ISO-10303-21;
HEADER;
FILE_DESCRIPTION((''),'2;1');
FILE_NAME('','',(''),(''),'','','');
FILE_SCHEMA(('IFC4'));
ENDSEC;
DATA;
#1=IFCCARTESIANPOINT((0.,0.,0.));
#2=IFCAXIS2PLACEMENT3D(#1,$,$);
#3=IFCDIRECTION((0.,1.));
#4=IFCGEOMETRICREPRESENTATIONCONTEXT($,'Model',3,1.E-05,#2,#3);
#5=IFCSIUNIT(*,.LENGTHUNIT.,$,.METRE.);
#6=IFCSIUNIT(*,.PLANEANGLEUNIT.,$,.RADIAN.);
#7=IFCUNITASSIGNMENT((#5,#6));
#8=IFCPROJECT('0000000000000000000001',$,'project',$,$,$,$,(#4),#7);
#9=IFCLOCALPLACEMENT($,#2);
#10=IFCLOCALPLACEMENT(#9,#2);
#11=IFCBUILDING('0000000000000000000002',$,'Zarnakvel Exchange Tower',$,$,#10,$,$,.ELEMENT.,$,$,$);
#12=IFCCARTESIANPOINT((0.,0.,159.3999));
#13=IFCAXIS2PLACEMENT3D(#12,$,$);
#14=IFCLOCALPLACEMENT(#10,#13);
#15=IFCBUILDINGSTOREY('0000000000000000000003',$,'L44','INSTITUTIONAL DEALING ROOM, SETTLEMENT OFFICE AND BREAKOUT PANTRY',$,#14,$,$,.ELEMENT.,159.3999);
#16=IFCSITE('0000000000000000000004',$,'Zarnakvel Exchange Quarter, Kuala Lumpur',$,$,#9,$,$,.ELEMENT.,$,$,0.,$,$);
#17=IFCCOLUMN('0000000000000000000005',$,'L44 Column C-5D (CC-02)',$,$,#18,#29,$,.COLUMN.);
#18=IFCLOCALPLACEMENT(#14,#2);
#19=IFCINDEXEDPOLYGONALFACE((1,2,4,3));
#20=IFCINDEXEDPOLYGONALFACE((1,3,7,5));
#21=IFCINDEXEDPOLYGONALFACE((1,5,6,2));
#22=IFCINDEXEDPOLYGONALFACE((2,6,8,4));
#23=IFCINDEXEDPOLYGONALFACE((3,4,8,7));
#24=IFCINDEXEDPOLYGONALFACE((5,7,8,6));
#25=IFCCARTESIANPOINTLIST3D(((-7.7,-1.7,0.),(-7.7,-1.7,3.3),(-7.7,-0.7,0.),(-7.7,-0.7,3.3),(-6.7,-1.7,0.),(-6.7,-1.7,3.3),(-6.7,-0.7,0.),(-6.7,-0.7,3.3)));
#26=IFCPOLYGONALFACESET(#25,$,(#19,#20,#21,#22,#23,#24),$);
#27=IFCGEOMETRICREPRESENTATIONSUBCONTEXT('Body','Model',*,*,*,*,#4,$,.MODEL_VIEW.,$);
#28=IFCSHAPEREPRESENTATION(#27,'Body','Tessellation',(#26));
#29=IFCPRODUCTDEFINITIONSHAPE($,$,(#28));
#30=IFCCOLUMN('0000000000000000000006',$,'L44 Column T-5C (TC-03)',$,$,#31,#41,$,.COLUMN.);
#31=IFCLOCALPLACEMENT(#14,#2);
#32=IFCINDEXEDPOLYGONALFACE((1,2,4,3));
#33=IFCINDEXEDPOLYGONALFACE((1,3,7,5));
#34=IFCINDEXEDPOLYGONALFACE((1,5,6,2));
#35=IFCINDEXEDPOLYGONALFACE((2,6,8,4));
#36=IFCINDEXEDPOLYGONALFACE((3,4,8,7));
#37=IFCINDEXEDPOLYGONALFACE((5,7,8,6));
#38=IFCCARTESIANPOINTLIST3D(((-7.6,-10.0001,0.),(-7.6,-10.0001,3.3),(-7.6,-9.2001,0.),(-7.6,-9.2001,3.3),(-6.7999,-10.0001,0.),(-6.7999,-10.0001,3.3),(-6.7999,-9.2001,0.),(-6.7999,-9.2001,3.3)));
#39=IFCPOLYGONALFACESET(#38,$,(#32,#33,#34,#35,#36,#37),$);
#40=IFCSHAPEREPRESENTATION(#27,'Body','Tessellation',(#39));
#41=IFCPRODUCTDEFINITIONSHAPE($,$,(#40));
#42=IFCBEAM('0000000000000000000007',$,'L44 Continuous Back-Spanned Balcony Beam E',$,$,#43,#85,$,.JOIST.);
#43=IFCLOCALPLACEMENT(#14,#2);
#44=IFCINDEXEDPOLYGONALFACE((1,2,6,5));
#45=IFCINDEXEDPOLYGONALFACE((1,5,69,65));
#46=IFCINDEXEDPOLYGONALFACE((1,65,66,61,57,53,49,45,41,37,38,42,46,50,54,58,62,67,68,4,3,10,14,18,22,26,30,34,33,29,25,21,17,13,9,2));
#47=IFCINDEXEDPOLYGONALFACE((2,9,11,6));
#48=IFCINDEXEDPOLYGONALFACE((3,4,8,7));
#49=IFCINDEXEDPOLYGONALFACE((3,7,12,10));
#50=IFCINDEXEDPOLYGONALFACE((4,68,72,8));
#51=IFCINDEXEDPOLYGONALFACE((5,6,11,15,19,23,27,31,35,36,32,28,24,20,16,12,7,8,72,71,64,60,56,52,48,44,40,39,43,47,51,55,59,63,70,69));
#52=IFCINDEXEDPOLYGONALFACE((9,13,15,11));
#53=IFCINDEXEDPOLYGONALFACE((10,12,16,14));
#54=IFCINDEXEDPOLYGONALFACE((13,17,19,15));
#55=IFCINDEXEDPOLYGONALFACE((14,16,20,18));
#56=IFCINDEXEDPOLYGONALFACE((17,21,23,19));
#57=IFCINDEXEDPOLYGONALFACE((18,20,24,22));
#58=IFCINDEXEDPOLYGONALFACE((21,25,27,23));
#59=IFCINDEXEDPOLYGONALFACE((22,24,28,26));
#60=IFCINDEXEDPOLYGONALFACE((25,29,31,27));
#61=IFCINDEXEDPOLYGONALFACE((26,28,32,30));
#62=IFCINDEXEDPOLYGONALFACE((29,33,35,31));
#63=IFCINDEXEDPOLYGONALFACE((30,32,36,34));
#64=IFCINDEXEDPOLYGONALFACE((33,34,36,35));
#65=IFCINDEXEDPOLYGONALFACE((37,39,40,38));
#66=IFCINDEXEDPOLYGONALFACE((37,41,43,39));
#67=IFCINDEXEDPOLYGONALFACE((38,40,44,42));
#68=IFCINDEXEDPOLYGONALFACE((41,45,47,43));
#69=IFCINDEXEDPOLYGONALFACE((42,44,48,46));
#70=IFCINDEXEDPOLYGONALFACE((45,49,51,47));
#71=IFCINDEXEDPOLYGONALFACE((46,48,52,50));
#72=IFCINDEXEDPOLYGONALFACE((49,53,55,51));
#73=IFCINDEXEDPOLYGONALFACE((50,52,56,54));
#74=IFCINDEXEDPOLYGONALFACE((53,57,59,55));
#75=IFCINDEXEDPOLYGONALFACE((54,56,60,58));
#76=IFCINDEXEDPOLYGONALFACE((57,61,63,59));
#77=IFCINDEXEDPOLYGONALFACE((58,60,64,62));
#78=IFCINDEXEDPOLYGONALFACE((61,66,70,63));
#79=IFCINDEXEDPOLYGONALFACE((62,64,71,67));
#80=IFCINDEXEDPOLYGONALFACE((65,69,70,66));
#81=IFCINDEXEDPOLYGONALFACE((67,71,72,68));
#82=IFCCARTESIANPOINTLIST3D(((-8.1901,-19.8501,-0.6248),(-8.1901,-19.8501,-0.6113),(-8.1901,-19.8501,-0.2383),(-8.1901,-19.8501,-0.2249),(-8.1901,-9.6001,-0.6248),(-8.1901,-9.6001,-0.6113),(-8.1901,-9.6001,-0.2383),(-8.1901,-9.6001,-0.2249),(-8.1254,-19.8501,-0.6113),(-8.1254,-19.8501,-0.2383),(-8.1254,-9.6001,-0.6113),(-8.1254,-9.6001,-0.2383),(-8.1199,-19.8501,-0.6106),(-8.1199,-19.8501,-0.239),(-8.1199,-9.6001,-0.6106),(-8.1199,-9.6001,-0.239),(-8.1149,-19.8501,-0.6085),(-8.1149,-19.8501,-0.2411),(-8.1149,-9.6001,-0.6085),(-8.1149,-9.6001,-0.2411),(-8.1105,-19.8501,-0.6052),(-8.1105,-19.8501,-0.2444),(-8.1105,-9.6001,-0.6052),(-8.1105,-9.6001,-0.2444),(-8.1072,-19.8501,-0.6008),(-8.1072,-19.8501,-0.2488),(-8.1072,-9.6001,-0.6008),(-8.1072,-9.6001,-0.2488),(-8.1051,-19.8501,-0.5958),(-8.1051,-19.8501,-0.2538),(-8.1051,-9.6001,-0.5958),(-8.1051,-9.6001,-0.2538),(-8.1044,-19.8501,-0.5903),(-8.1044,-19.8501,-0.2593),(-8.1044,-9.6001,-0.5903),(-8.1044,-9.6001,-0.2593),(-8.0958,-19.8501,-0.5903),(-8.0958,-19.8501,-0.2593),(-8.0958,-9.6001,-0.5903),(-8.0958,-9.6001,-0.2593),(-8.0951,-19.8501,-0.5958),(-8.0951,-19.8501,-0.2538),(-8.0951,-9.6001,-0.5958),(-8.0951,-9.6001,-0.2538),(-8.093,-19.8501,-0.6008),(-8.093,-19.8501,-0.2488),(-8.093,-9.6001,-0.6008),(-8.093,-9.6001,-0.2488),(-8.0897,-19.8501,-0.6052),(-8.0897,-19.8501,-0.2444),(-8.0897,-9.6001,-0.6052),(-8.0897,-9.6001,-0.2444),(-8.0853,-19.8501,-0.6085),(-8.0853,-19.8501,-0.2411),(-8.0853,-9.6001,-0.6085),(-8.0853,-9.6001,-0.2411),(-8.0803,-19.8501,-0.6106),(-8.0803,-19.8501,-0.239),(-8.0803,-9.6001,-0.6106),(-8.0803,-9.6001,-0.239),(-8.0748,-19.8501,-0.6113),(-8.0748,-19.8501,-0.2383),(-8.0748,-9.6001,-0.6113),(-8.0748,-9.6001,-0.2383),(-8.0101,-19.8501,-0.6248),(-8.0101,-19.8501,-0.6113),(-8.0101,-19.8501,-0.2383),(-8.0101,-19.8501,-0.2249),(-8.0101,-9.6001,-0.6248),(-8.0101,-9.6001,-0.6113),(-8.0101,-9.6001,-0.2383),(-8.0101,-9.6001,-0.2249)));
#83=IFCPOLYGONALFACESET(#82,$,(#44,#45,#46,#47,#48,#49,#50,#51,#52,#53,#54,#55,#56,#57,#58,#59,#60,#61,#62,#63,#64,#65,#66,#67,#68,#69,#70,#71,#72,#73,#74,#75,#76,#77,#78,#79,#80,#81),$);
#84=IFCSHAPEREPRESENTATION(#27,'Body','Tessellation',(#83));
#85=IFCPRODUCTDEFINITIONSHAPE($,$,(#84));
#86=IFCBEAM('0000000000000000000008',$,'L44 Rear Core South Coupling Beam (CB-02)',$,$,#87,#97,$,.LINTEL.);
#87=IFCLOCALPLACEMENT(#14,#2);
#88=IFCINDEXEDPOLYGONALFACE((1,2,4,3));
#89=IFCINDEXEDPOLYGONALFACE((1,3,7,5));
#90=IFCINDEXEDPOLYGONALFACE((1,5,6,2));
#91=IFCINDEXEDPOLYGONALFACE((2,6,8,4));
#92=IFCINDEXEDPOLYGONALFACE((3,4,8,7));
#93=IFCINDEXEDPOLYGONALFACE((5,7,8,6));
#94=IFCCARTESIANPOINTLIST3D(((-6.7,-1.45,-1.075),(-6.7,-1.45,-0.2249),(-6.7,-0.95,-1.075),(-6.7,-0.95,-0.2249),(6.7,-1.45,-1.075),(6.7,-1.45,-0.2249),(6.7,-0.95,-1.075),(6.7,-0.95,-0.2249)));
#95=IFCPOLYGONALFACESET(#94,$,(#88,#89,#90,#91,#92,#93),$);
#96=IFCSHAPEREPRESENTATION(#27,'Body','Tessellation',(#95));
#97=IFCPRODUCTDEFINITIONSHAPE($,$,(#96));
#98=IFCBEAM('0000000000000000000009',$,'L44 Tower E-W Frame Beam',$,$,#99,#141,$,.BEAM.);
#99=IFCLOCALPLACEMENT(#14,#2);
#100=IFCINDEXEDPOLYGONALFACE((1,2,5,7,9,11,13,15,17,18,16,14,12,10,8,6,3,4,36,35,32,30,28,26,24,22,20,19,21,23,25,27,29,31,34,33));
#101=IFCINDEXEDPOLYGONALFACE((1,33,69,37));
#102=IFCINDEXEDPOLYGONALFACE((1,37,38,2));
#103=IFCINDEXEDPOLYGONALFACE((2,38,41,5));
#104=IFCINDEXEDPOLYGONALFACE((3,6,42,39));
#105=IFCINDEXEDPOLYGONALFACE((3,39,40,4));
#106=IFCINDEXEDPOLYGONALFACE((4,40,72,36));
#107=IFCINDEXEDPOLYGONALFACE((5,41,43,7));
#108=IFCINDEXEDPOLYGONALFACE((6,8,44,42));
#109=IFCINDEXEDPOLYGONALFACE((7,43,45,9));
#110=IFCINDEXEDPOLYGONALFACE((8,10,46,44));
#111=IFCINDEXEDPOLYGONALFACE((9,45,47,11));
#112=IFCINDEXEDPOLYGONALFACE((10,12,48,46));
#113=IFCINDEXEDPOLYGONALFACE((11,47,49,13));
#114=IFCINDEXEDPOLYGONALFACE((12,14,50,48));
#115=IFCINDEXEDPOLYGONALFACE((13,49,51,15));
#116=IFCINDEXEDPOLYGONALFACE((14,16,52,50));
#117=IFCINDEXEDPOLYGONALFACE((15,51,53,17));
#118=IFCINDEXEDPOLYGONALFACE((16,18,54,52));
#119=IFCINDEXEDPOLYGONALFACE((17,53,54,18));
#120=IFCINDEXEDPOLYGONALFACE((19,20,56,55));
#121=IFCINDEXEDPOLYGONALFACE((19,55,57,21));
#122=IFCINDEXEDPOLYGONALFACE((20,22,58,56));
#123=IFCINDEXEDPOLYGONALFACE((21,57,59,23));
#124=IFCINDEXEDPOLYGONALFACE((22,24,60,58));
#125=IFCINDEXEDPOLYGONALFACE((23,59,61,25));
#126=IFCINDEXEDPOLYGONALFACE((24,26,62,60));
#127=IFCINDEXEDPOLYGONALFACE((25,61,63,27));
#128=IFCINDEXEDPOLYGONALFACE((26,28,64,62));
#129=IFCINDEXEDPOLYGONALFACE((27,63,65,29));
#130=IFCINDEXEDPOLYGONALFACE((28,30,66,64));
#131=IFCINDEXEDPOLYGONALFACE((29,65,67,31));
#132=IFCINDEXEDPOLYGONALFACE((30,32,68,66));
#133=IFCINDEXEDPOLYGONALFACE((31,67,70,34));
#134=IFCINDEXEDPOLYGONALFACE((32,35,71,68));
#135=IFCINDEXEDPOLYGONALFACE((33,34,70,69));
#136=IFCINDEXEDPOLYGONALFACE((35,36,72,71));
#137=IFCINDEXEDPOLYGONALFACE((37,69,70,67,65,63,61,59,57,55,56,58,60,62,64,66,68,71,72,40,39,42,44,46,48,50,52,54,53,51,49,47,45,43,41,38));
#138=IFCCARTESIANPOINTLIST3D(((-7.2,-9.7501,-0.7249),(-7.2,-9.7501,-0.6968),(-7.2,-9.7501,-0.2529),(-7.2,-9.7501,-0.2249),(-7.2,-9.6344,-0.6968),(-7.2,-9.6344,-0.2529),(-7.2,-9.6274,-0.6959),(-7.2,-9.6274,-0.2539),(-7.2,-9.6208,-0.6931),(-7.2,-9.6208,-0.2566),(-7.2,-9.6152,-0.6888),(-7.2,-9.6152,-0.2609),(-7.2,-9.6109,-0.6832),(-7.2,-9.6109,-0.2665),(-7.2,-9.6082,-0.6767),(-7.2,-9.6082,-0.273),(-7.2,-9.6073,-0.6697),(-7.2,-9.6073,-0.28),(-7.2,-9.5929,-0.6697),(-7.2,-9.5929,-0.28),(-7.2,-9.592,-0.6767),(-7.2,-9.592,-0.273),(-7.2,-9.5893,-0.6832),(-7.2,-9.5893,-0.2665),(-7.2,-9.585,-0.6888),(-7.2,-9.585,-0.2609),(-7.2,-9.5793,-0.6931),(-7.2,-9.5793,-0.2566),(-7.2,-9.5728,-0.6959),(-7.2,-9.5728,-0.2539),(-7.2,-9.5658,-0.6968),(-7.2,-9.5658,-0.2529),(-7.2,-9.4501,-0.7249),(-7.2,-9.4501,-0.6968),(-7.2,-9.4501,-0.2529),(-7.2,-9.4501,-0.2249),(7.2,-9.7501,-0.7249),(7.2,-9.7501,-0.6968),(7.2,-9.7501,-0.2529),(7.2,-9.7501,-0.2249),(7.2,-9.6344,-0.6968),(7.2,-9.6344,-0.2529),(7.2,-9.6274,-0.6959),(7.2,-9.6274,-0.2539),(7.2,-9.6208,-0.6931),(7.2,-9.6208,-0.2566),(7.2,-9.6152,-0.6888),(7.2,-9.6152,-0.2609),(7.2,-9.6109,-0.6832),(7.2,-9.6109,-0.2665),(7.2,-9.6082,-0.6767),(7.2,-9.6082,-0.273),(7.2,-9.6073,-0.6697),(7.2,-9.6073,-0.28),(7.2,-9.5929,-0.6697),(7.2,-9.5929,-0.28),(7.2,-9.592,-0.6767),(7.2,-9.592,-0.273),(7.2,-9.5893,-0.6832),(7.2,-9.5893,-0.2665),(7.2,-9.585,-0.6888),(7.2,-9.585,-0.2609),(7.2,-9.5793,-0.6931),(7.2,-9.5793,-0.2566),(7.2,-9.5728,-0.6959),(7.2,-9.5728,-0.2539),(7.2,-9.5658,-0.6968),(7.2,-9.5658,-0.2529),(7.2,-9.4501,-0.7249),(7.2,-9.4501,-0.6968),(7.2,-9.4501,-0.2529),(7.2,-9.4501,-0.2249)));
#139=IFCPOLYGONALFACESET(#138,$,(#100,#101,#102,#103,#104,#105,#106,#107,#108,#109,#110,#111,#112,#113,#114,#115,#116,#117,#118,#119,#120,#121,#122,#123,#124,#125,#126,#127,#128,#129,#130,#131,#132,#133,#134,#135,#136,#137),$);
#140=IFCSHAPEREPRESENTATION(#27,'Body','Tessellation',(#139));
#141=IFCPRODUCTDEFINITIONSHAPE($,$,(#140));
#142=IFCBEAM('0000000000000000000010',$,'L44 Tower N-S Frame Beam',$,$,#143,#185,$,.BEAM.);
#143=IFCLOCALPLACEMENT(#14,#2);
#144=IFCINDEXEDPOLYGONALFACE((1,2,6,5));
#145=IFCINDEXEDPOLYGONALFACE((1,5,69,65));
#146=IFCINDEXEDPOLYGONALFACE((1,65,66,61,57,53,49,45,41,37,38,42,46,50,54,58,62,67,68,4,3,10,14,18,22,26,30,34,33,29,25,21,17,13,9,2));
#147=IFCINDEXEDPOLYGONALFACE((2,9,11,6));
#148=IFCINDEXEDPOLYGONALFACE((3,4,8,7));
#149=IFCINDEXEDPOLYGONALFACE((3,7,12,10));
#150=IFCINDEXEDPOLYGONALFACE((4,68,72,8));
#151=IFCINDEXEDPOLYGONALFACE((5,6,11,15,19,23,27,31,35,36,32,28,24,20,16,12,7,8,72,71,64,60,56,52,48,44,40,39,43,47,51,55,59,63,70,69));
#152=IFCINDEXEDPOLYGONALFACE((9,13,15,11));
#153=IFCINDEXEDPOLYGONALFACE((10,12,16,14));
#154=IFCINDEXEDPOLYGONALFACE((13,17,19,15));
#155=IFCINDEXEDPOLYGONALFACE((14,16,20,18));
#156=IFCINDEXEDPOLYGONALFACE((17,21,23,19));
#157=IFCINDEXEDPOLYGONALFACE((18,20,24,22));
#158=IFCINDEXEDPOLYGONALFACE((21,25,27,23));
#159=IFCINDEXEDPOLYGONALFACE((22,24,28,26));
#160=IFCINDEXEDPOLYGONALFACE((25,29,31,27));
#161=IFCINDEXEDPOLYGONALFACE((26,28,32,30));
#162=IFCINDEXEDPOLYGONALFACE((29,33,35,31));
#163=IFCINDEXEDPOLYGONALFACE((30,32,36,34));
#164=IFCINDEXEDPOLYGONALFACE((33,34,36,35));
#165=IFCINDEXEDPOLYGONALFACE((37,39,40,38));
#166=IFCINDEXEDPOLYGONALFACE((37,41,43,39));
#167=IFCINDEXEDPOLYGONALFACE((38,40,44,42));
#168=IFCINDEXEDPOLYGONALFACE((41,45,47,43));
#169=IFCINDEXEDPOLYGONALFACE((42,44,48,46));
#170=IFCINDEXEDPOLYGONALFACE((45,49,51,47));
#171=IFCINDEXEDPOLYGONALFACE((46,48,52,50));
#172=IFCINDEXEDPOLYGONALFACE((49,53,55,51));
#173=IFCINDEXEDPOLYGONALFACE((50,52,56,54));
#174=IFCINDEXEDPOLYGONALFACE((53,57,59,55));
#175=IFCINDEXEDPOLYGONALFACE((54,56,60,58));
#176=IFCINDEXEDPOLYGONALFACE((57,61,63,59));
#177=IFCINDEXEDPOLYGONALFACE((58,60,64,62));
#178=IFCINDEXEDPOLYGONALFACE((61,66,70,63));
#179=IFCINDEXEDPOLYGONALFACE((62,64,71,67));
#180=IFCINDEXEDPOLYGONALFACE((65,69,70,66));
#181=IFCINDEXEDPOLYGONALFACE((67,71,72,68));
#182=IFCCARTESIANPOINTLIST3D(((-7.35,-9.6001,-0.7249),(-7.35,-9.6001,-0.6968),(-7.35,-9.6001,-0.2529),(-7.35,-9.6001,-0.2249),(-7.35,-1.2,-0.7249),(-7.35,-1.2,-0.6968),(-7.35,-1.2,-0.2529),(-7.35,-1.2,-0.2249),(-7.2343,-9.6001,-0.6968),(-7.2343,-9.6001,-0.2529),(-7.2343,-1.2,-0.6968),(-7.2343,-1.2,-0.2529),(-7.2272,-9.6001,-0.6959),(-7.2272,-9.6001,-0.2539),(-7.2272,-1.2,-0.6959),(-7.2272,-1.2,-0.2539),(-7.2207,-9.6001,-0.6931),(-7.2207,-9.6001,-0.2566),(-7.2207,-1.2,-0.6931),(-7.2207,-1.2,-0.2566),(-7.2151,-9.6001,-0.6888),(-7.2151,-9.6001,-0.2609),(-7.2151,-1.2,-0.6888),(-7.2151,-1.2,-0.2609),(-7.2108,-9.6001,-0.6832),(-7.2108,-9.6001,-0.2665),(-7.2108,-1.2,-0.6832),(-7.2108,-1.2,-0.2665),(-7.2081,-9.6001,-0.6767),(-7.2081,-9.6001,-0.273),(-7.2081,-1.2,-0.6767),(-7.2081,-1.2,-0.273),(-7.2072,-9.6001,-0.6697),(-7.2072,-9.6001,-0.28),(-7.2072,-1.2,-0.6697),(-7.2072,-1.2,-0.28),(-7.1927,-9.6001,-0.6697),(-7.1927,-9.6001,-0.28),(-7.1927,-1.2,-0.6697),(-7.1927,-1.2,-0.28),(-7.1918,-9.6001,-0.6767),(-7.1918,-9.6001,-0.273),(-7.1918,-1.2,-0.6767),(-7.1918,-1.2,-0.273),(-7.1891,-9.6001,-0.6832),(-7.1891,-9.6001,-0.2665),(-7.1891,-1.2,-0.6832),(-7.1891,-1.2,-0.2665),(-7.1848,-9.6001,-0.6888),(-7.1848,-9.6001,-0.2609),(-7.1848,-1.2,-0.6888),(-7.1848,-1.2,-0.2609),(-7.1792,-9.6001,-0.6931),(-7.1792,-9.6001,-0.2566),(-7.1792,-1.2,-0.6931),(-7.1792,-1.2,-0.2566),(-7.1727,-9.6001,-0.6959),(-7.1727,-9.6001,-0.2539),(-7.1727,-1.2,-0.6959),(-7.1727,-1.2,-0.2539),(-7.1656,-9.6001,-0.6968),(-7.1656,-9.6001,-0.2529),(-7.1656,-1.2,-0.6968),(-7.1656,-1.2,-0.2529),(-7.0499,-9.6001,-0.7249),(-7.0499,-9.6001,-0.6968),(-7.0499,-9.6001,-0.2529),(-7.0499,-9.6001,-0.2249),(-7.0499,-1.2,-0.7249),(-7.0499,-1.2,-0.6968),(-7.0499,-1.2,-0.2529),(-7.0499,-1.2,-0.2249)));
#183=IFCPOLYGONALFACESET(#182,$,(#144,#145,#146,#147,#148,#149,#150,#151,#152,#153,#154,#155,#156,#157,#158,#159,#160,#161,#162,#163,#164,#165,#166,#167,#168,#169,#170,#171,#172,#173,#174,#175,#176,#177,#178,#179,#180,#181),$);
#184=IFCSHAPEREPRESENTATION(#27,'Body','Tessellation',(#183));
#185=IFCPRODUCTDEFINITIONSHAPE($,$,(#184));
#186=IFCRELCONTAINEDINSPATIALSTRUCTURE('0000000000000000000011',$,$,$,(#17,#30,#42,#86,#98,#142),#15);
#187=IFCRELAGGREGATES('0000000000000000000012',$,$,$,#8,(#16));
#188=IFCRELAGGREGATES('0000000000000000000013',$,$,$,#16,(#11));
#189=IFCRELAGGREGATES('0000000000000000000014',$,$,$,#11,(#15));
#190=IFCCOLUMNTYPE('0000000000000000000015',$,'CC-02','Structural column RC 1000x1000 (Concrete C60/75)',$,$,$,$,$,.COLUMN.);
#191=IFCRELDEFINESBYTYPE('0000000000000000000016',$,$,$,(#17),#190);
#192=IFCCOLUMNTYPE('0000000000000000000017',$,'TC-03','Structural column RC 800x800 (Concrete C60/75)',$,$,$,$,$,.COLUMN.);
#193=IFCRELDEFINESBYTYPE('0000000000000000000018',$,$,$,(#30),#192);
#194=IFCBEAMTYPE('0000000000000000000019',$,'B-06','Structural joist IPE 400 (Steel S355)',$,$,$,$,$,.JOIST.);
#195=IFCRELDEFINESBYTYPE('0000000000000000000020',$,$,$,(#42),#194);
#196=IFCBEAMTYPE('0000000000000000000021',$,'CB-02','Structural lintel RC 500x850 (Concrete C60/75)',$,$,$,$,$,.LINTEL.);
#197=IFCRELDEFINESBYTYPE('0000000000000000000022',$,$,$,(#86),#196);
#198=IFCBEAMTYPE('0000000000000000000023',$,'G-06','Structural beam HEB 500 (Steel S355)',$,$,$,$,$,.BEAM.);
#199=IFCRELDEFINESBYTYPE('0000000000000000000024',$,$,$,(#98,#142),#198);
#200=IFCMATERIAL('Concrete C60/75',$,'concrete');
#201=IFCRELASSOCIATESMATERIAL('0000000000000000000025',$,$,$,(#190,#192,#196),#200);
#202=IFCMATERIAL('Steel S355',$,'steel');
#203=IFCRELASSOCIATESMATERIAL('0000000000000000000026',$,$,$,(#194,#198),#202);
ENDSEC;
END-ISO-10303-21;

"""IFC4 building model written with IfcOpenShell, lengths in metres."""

from ifc_helpers import new_model, si_unit, direction, frame, origin, origin_2d, place, context, subcontext, project, spatial, rectangle, i_section, extrude, material, material_profile, profile_set, type_object, element, save


model = new_model("IFC4")

# Units and contexts
model_context = context("Model", 3, precision=1e-05, world=origin(), true_north=direction((0.0, 1.0)))
body_context = subcontext(model_context, "Body", "Model", "MODEL_VIEW")
ifc_project = project(units=[si_unit("LENGTHUNIT", "METRE"), si_unit("PLANEANGLEUNIT", "RADIAN")], contexts=[model_context])

# Site, building, storey
site_placement = place(None, origin())
site = spatial("IfcSite", under=ifc_project, at=site_placement, Name="Zarnakvel Exchange Quarter, Kuala Lumpur", CompositionType="ELEMENT", RefElevation=0.0)
building_placement = place(site_placement, origin())
building = spatial("IfcBuilding", under=site, at=building_placement, Name="Zarnakvel Exchange Tower", CompositionType="ELEMENT")
storey_placement = place(building_placement, frame((0.0, 0.0, 159.3999)))
storey = spatial("IfcBuildingStorey", under=building, at=storey_placement, Name="L44", Description="INSTITUTIONAL DEALING ROOM, SETTLEMENT OFFICE AND BREAKOUT PANTRY", CompositionType="ELEMENT", Elevation=159.3999)

# Columns
ifc_material_1 = material(Name="Concrete C60/75", Category="concrete")
ifc_material_profile_1 = material_profile(ifc_material_1, rectangle(XDim=1.0, YDim=1.0, at=origin_2d()))
ifc_profile_set_1 = profile_set([ifc_material_profile_1], Name="Concrete C60/75")
column_type_1 = type_object("IfcColumnType", Name="CC-02", Description="Structural column RC 1000x1000 (Concrete C60/75)", PredefinedType="COLUMN", material=ifc_profile_set_1)
column_1_placement = place(storey_placement, frame((-7.2, -1.2, 0.0), z_axis=(0.0, 0.0, 1.0), x_axis=(1.0, 0.0, 0.0)))
element("IfcColumn", 1, at=column_1_placement, inside=storey, type_object=column_type_1, Name="L44 Column C-5D (CC-02)", PredefinedType="COLUMN", context=body_context, shape_type="SweptSolid", body=[
    extrude(rectangle(XDim=1.0, YDim=1.0, at=origin_2d()), origin(), (0.0, 0.0, 1.0), 3.3),
])
ifc_material_profile_2 = material_profile(ifc_material_1, rectangle(XDim=0.8, YDim=0.8, at=origin_2d()))
ifc_profile_set_2 = profile_set([ifc_material_profile_2], Name="Concrete C60/75")
column_type_2 = type_object("IfcColumnType", Name="TC-03", Description="Structural column RC 800x800 (Concrete C60/75)", PredefinedType="COLUMN", material=ifc_profile_set_2)
column_2_placement = place(storey_placement, frame((-7.2, -9.6001, 0.0), z_axis=(0.0, 0.0, 1.0), x_axis=(1.0, 0.0, 0.0)))
element("IfcColumn", 2, at=column_2_placement, inside=storey, type_object=column_type_2, Name="L44 Column T-5C (TC-03)", PredefinedType="COLUMN", context=body_context, shape_type="SweptSolid", body=[
    extrude(rectangle(XDim=0.8, YDim=0.8, at=origin_2d()), origin(), (0.0, 0.0, 1.0), 3.3),
])

# Beams
ifc_material_2 = material(Name="Steel S355", Category="steel")
ifc_material_profile_3 = material_profile(ifc_material_2, i_section(OverallWidth=0.1799, OverallDepth=0.3999, WebThickness=0.0085, FlangeThickness=0.0134, FilletRadius=0.021, at=origin_2d()))
ifc_profile_set_3 = profile_set([ifc_material_profile_3], Name="Steel S355")
beam_type_1 = type_object("IfcBeamType", Name="B-06", Description="Structural joist IPE 400 (Steel S355)", PredefinedType="JOIST", material=ifc_profile_set_3)
beam_1_placement = place(storey_placement, frame((-8.1001, -9.6001, -0.4248), z_axis=(0.0, -1.0, 0.0), x_axis=(1.0, 0.0, 0.0)))
element("IfcBeam", 3, at=beam_1_placement, inside=storey, type_object=beam_type_1, Name="L44 Continuous Back-Spanned Balcony Beam E", PredefinedType="JOIST", context=body_context, shape_type="SweptSolid", body=[
    extrude(i_section(OverallWidth=0.1799, OverallDepth=0.3999, WebThickness=0.0085, FlangeThickness=0.0134, FilletRadius=0.021, at=origin_2d()), origin(), (0.0, 0.0, 1.0), 10.25),
])
ifc_material_profile_4 = material_profile(ifc_material_1, rectangle(XDim=0.5, YDim=0.8501, at=origin_2d()))
ifc_profile_set_4 = profile_set([ifc_material_profile_4], Name="Concrete C60/75")
beam_type_2 = type_object("IfcBeamType", Name="CB-02", Description="Structural lintel RC 500x850 (Concrete C60/75)", PredefinedType="LINTEL", material=ifc_profile_set_4)
beam_2_placement = place(storey_placement, frame((-6.7, -1.2, -0.6499), z_axis=(1.0, 0.0, 0.0), x_axis=(0.0, 1.0, 0.0)))
element("IfcBeam", 4, at=beam_2_placement, inside=storey, type_object=beam_type_2, Name="L44 Rear Core South Coupling Beam (CB-02)", PredefinedType="LINTEL", context=body_context, shape_type="SweptSolid", body=[
    extrude(rectangle(XDim=0.5, YDim=0.8501, at=origin_2d()), origin(), (0.0, 0.0, 1.0), 13.3999),
])
ifc_material_profile_5 = material_profile(ifc_material_2, i_section(OverallWidth=0.3, OverallDepth=0.5, WebThickness=0.0144, FlangeThickness=0.0281, FilletRadius=0.0271, at=origin_2d()))
ifc_profile_set_5 = profile_set([ifc_material_profile_5], Name="Steel S355")
beam_type_3 = type_object("IfcBeamType", Name="G-06", Description="Structural beam HEB 500 (Steel S355)", PredefinedType="BEAM", material=ifc_profile_set_5)
beam_3_placement = place(storey_placement, frame((-7.2, -9.6001, -0.4749), z_axis=(1.0, 0.0, 0.0), x_axis=(0.0, 1.0, 0.0)))
element("IfcBeam", 5, at=beam_3_placement, inside=storey, type_object=beam_type_3, Name="L44 Tower E-W Frame Beam", PredefinedType="BEAM", context=body_context, shape_type="SweptSolid", body=[
    extrude(i_section(OverallWidth=0.3, OverallDepth=0.5, WebThickness=0.0144, FlangeThickness=0.0281, FilletRadius=0.0271, at=origin_2d()), origin(), (0.0, 0.0, 1.0), 14.3999),
])
beam_4_placement = place(storey_placement, frame((-7.2, -9.6001, -0.4749), z_axis=(0.0, 1.0, 0.0), x_axis=(-1.0, 0.0, 0.0)))
element("IfcBeam", 6, at=beam_4_placement, inside=storey, type_object=beam_type_3, Name="L44 Tower N-S Frame Beam", PredefinedType="BEAM", context=body_context, shape_type="SweptSolid", body=[
    extrude(i_section(OverallWidth=0.3, OverallDepth=0.5, WebThickness=0.0144, FlangeThickness=0.0281, FilletRadius=0.0271, at=origin_2d()), origin(), (0.0, 0.0, 1.0), 8.4001),
])

save(model, "model.ifc")
